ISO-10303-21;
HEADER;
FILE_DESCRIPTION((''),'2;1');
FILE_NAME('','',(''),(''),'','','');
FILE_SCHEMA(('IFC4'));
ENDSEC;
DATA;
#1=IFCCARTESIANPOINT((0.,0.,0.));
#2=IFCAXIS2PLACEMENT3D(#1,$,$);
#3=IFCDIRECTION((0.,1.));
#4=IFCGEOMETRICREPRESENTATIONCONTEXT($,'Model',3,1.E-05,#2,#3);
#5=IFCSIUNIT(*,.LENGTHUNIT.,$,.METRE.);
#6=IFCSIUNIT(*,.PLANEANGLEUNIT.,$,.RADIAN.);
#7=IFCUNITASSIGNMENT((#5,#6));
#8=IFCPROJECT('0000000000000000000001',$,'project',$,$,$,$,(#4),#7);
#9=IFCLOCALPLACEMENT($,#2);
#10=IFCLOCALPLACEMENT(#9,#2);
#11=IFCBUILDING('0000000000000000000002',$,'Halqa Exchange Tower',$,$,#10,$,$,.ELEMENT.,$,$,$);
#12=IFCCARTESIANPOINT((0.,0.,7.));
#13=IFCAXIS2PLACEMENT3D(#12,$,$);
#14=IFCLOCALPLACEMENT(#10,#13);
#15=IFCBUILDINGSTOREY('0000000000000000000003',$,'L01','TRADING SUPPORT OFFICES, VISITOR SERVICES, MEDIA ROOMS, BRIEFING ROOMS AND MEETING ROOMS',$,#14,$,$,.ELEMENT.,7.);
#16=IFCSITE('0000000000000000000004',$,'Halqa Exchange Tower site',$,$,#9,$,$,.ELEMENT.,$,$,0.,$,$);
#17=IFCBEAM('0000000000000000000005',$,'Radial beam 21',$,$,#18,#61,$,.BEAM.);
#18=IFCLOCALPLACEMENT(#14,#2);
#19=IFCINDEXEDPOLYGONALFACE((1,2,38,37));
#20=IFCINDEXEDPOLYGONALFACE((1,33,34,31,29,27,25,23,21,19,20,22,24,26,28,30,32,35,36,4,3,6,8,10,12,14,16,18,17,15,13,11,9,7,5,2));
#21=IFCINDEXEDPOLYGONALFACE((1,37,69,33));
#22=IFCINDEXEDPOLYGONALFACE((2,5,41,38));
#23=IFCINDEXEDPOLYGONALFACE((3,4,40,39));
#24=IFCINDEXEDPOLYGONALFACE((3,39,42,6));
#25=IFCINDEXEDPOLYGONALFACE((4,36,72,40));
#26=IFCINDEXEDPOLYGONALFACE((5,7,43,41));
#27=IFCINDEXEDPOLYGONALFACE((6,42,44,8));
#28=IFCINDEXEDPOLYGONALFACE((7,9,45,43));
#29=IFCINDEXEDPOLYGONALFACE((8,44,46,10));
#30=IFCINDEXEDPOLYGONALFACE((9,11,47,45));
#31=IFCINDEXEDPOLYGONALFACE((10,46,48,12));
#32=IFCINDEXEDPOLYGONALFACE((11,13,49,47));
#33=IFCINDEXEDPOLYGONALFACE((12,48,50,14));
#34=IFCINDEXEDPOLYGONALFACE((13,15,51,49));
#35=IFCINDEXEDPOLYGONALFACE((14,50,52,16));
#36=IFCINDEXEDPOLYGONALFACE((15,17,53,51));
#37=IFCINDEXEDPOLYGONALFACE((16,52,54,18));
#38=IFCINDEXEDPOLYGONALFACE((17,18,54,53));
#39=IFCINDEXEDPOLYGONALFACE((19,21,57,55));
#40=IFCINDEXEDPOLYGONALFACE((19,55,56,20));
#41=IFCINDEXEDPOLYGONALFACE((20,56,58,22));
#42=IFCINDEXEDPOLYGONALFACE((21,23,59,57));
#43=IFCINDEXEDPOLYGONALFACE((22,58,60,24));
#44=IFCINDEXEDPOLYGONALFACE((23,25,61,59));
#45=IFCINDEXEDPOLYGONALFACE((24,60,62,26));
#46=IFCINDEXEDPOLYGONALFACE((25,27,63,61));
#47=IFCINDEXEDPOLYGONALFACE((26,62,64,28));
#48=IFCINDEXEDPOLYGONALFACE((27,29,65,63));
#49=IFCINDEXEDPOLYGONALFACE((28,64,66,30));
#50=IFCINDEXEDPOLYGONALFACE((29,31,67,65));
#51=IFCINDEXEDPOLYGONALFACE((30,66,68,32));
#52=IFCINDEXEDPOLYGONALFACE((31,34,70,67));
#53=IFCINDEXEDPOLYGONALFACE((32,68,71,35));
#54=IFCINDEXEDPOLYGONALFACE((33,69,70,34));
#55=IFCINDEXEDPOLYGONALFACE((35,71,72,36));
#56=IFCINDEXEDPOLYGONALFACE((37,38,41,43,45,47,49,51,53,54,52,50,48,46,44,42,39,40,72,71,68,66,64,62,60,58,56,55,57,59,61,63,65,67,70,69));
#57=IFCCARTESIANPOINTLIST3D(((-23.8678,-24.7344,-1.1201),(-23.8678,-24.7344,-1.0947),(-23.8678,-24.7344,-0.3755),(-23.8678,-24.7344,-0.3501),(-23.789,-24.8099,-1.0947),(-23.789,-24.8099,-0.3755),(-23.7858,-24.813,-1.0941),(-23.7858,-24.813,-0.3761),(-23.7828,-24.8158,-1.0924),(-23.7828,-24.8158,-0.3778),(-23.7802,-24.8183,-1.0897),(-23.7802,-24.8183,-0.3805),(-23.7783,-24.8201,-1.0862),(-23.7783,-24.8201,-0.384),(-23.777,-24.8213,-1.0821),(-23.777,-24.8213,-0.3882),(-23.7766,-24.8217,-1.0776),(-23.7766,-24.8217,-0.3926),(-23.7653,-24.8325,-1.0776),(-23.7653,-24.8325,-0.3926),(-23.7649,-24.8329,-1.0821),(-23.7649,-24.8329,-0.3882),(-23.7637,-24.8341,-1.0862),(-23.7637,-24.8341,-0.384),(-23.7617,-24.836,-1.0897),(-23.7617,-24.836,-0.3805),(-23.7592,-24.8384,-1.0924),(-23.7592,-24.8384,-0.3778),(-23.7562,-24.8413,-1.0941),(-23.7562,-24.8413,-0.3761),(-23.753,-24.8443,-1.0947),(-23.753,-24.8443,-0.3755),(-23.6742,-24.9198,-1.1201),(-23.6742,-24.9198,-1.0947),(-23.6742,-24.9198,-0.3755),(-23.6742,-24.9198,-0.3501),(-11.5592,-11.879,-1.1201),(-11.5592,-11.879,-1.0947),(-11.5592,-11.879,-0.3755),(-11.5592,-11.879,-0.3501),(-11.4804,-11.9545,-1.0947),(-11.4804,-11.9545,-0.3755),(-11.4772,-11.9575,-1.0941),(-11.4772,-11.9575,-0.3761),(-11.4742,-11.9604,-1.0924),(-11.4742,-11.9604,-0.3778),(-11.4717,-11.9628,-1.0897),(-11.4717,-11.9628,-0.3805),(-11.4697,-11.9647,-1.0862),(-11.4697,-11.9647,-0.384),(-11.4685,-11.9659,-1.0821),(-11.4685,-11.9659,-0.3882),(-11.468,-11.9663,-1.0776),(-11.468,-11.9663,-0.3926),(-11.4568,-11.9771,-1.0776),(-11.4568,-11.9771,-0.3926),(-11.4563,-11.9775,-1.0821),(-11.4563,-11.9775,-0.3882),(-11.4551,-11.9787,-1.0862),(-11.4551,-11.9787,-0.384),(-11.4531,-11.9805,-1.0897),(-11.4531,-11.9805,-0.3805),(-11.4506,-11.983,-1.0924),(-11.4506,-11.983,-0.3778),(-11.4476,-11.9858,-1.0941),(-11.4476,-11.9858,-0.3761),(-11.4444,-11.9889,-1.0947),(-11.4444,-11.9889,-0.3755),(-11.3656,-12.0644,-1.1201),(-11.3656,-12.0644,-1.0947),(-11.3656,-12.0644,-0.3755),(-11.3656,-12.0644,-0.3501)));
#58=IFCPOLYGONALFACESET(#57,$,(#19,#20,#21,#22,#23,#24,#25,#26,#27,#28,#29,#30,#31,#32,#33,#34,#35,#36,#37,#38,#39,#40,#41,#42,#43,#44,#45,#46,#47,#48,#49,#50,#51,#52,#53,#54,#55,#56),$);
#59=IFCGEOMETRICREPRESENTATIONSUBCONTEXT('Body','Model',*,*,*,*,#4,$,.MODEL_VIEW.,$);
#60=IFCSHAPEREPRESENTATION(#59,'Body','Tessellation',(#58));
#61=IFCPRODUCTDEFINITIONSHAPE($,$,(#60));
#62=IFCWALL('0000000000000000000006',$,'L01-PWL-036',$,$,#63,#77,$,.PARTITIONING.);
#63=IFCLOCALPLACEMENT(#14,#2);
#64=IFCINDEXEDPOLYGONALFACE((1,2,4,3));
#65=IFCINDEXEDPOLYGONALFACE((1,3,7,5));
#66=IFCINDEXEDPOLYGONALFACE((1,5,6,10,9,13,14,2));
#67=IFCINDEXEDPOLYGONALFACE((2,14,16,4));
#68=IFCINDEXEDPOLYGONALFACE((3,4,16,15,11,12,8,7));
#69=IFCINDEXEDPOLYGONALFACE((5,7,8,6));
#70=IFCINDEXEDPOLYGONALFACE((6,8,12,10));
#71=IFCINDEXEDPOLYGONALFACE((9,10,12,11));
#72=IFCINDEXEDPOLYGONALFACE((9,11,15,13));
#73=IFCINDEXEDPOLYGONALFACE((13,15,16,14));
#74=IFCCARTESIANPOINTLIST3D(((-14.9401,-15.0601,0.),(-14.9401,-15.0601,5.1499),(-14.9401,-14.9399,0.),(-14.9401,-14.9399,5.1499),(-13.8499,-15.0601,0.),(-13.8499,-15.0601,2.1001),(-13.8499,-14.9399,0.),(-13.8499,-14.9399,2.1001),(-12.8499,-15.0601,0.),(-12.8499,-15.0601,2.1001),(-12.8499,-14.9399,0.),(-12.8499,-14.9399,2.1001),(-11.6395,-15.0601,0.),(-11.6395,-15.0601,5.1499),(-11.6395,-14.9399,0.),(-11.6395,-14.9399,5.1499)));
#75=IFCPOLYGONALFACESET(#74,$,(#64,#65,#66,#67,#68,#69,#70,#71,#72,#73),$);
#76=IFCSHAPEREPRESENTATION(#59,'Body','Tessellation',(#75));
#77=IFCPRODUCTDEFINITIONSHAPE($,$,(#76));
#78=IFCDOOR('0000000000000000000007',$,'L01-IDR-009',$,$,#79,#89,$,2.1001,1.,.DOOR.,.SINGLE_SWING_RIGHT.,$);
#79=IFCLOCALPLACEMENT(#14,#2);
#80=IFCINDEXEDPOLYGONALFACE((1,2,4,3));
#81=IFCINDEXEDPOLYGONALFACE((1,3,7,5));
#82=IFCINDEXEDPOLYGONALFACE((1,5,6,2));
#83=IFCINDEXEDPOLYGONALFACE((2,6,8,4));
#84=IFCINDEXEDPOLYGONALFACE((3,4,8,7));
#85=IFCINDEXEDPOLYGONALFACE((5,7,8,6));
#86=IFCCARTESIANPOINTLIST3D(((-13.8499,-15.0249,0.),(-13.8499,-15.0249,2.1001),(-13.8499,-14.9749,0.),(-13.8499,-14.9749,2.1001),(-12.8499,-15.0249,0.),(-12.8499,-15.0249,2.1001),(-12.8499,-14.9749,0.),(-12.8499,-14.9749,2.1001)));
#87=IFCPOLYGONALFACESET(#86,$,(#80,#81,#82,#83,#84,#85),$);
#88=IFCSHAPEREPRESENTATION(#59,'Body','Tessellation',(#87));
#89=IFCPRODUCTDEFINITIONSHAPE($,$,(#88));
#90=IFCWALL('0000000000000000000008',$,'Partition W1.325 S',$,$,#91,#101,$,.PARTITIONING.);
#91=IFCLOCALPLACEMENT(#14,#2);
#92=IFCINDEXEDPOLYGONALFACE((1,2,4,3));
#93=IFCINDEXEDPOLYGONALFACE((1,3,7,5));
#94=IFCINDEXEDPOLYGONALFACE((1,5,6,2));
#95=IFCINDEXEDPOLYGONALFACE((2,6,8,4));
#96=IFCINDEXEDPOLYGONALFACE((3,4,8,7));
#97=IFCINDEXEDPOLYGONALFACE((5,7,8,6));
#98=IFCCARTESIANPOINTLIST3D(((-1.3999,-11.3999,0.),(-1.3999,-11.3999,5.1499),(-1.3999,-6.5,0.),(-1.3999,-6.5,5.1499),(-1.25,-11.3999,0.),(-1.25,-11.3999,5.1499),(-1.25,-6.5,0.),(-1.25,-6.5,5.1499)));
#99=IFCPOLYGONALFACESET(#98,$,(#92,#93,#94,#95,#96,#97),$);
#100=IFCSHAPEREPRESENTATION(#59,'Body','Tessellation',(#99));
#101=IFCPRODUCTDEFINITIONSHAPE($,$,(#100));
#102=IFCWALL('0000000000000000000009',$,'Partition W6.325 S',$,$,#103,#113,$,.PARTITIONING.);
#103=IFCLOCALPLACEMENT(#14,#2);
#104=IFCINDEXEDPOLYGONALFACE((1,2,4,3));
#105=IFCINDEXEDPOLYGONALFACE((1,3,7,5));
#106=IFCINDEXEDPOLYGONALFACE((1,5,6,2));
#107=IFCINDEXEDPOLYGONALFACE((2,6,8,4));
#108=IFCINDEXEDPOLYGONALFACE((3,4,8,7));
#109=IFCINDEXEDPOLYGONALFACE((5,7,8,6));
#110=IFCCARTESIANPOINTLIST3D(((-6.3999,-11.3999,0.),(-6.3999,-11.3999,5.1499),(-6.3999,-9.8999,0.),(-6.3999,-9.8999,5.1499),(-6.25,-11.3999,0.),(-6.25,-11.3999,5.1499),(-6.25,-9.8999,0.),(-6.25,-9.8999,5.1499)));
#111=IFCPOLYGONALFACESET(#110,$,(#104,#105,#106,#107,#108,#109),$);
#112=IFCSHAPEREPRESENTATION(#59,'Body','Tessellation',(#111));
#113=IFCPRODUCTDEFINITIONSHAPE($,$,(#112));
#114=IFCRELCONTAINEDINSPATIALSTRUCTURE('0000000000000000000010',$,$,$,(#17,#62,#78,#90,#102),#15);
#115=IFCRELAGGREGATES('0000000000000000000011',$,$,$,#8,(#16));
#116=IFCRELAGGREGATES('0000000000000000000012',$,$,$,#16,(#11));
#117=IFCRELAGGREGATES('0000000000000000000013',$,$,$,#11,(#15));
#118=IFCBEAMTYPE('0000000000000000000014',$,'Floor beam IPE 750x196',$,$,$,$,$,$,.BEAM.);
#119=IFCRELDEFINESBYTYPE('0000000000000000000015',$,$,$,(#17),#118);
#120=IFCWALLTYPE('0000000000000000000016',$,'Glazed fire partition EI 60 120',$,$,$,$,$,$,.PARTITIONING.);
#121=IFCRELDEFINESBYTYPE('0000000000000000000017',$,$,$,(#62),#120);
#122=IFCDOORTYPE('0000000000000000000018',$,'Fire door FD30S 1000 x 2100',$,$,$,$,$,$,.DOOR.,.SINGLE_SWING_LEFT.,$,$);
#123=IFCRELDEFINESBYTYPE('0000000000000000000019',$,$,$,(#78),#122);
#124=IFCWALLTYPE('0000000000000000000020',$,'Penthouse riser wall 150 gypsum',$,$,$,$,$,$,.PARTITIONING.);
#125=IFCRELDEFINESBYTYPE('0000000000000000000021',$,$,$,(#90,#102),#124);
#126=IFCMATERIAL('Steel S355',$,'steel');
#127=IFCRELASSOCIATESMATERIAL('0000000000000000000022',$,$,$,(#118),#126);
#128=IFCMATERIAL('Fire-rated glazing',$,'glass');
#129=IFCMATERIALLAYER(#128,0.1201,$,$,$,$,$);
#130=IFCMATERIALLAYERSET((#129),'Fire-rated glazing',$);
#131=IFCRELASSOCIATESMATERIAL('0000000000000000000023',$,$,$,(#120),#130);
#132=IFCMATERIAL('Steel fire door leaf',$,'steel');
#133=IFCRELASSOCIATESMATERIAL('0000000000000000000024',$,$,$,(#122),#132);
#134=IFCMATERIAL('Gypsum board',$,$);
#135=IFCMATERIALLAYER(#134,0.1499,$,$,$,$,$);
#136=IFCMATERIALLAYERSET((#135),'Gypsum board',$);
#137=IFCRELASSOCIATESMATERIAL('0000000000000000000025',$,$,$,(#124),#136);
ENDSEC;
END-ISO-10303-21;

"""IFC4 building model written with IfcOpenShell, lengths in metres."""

from ifc_helpers import new_model, si_unit, direction, frame, frame_2d, origin, origin_2d, place, context, subcontext, project, spatial, rectangle, i_section, extrude, material, layer, layer_set, material_profile, profile_set, type_object, element, fill, save


model = new_model("IFC4")

# Units and contexts
model_context = context("Model", 3, precision=1e-05, world=origin(), true_north=direction((0.0, 1.0)))
body_context = subcontext(model_context, "Body", "Model", "MODEL_VIEW")
ifc_project = project(units=[si_unit("LENGTHUNIT", "METRE"), si_unit("PLANEANGLEUNIT", "RADIAN")], contexts=[model_context])

# Site, building, storey
site_placement = place(None, origin())
site = spatial("IfcSite", under=ifc_project, at=site_placement, Name="Halqa Exchange Tower site", CompositionType="ELEMENT", RefElevation=0.0)
building_placement = place(site_placement, origin())
building = spatial("IfcBuilding", under=site, at=building_placement, Name="Halqa Exchange Tower", CompositionType="ELEMENT")
storey_placement = place(building_placement, frame((0.0, 0.0, 7.0)))
storey = spatial("IfcBuildingStorey", under=building, at=storey_placement, Name="L01", Description="TRADING SUPPORT OFFICES, VISITOR SERVICES, MEDIA ROOMS, BRIEFING ROOMS AND MEETING ROOMS", CompositionType="ELEMENT", Elevation=7.0)

# Beam
ifc_material_1 = material(Name="Steel S355", Category="steel")
ifc_material_profile_1 = material_profile(ifc_material_1, i_section(OverallWidth=0.2681, OverallDepth=0.77, WebThickness=0.0156, FlangeThickness=0.0254, FilletRadius=0.0171, at=origin_2d()), Name="IPE 750x196")
ifc_profile_set_1 = profile_set([ifc_material_profile_1], Name="Steel S355")
beam_type_1 = type_object("IfcBeamType", Name="Floor beam IPE 750x196", PredefinedType="BEAM", material=ifc_profile_set_1)
beam_1_placement = place(storey_placement, frame((-11.4624, -11.9717, -0.7351), z_axis=(-0.691576, -0.722303, 0.0), x_axis=(0.722303, -0.691576, 0.0)))
element("IfcBeam", 1, at=beam_1_placement, inside=storey, type_object=beam_type_1, Name="Radial beam 21", PredefinedType="BEAM", context=body_context, shape_type="SweptSolid", body=[
    extrude(i_section(OverallWidth=0.2681, OverallDepth=0.77, WebThickness=0.0156, FlangeThickness=0.0254, FilletRadius=0.0171, at=origin_2d()), origin(), (0.0, 0.0, 1.0), 17.7979),
])

# Wall, opening, door
ifc_material_2 = material(Name="Fire-rated glazing", Category="glass")
ifc_layer_1 = layer(ifc_material_2, 0.1201)
ifc_layer_set_1 = layer_set([ifc_layer_1], Name="Fire-rated glazing")
wall_type_1 = type_object("IfcWallType", Name="Glazed fire partition EI 60 120", PredefinedType="PARTITIONING", material=ifc_layer_set_1)
wall_1_placement = place(storey_placement, frame((-11.6394, -15.0, 0.0), z_axis=(0.0, 0.0, 1.0), x_axis=(-1.0, 0.0, 0.0)))
wall_1 = element("IfcWall", 2, at=wall_1_placement, inside=storey, type_object=wall_type_1, Name="L01-PWL-036", PredefinedType="PARTITIONING", context=body_context, shape_type="SweptSolid", body=[
    extrude(rectangle(XDim=3.3005, YDim=0.1201, at=frame_2d((1.6504, 0.0))), origin(), (0.0, 0.0, 1.0), 5.1499),
])
opening_1_placement = place(wall_1_placement, frame((1.2104, 0.0, 0.0)))
opening_1 = element("IfcOpeningElement", 3, at=opening_1_placement, cuts=wall_1, PredefinedType="OPENING", context=body_context, shape_type="SweptSolid", body=[
    extrude(rectangle(XDim=1.0, YDim=2.1001, at=frame_2d((0.5, 1.05))), frame((0.0, 0.072, 0.0), z_axis=(0.0, -1.0, 0.0), x_axis=(1.0, 0.0, 0.0)), (0.0, 0.0, 1.0), 0.144),
])
ifc_material_3 = material(Name="Steel fire door leaf", Category="steel")
door_type_1 = type_object("IfcDoorType", Name="Fire door FD30S 1000 x 2100", OperationType="SINGLE_SWING_LEFT", PredefinedType="DOOR", material=ifc_material_3)
door_1_placement = place(opening_1_placement, origin())
door_1 = element("IfcDoor", 4, at=door_1_placement, inside=storey, type_object=door_type_1, Name="L01-IDR-009", OperationType="SINGLE_SWING_RIGHT", OverallHeight=2.1001, OverallWidth=1.0, PredefinedType="DOOR", context=body_context, shape_type="SweptSolid", body=[
    extrude(rectangle(XDim=1.0, YDim=2.1001, at=frame_2d((0.5, 1.05))), frame((0.0, 0.0249, 0.0), z_axis=(0.0, -1.0, 0.0), x_axis=(1.0, 0.0, 0.0)), (0.0, 0.0, 1.0), 0.05),
])
fill(opening_1, door_1)

# Walls
ifc_material_4 = material(Name="Gypsum board")
ifc_layer_2 = layer(ifc_material_4, 0.1499)
ifc_layer_set_2 = layer_set([ifc_layer_2], Name="Gypsum board")
wall_type_2 = type_object("IfcWallType", Name="Penthouse riser wall 150 gypsum", PredefinedType="PARTITIONING", material=ifc_layer_set_2)
wall_2_placement = place(storey_placement, frame((-1.325, -11.3999, 0.0), z_axis=(0.0, 0.0, 1.0), x_axis=(0.0, 1.0, 0.0)))
element("IfcWall", 5, at=wall_2_placement, inside=storey, type_object=wall_type_2, Name="Partition W1.325 S", PredefinedType="PARTITIONING", context=body_context, shape_type="SweptSolid", body=[
    extrude(rectangle(XDim=4.8999, YDim=0.1499, at=frame_2d((2.45, 0.0))), origin(), (0.0, 0.0, 1.0), 5.1499),
])
wall_3_placement = place(storey_placement, frame((-6.325, -11.3999, 0.0), z_axis=(0.0, 0.0, 1.0), x_axis=(0.0, 1.0, 0.0)))
element("IfcWall", 6, at=wall_3_placement, inside=storey, type_object=wall_type_2, Name="Partition W6.325 S", PredefinedType="PARTITIONING", context=body_context, shape_type="SweptSolid", body=[
    extrude(rectangle(XDim=1.5, YDim=0.1499, at=frame_2d((0.75, 0.0))), origin(), (0.0, 0.0, 1.0), 5.1499),
])

save(model, "model.ifc")
